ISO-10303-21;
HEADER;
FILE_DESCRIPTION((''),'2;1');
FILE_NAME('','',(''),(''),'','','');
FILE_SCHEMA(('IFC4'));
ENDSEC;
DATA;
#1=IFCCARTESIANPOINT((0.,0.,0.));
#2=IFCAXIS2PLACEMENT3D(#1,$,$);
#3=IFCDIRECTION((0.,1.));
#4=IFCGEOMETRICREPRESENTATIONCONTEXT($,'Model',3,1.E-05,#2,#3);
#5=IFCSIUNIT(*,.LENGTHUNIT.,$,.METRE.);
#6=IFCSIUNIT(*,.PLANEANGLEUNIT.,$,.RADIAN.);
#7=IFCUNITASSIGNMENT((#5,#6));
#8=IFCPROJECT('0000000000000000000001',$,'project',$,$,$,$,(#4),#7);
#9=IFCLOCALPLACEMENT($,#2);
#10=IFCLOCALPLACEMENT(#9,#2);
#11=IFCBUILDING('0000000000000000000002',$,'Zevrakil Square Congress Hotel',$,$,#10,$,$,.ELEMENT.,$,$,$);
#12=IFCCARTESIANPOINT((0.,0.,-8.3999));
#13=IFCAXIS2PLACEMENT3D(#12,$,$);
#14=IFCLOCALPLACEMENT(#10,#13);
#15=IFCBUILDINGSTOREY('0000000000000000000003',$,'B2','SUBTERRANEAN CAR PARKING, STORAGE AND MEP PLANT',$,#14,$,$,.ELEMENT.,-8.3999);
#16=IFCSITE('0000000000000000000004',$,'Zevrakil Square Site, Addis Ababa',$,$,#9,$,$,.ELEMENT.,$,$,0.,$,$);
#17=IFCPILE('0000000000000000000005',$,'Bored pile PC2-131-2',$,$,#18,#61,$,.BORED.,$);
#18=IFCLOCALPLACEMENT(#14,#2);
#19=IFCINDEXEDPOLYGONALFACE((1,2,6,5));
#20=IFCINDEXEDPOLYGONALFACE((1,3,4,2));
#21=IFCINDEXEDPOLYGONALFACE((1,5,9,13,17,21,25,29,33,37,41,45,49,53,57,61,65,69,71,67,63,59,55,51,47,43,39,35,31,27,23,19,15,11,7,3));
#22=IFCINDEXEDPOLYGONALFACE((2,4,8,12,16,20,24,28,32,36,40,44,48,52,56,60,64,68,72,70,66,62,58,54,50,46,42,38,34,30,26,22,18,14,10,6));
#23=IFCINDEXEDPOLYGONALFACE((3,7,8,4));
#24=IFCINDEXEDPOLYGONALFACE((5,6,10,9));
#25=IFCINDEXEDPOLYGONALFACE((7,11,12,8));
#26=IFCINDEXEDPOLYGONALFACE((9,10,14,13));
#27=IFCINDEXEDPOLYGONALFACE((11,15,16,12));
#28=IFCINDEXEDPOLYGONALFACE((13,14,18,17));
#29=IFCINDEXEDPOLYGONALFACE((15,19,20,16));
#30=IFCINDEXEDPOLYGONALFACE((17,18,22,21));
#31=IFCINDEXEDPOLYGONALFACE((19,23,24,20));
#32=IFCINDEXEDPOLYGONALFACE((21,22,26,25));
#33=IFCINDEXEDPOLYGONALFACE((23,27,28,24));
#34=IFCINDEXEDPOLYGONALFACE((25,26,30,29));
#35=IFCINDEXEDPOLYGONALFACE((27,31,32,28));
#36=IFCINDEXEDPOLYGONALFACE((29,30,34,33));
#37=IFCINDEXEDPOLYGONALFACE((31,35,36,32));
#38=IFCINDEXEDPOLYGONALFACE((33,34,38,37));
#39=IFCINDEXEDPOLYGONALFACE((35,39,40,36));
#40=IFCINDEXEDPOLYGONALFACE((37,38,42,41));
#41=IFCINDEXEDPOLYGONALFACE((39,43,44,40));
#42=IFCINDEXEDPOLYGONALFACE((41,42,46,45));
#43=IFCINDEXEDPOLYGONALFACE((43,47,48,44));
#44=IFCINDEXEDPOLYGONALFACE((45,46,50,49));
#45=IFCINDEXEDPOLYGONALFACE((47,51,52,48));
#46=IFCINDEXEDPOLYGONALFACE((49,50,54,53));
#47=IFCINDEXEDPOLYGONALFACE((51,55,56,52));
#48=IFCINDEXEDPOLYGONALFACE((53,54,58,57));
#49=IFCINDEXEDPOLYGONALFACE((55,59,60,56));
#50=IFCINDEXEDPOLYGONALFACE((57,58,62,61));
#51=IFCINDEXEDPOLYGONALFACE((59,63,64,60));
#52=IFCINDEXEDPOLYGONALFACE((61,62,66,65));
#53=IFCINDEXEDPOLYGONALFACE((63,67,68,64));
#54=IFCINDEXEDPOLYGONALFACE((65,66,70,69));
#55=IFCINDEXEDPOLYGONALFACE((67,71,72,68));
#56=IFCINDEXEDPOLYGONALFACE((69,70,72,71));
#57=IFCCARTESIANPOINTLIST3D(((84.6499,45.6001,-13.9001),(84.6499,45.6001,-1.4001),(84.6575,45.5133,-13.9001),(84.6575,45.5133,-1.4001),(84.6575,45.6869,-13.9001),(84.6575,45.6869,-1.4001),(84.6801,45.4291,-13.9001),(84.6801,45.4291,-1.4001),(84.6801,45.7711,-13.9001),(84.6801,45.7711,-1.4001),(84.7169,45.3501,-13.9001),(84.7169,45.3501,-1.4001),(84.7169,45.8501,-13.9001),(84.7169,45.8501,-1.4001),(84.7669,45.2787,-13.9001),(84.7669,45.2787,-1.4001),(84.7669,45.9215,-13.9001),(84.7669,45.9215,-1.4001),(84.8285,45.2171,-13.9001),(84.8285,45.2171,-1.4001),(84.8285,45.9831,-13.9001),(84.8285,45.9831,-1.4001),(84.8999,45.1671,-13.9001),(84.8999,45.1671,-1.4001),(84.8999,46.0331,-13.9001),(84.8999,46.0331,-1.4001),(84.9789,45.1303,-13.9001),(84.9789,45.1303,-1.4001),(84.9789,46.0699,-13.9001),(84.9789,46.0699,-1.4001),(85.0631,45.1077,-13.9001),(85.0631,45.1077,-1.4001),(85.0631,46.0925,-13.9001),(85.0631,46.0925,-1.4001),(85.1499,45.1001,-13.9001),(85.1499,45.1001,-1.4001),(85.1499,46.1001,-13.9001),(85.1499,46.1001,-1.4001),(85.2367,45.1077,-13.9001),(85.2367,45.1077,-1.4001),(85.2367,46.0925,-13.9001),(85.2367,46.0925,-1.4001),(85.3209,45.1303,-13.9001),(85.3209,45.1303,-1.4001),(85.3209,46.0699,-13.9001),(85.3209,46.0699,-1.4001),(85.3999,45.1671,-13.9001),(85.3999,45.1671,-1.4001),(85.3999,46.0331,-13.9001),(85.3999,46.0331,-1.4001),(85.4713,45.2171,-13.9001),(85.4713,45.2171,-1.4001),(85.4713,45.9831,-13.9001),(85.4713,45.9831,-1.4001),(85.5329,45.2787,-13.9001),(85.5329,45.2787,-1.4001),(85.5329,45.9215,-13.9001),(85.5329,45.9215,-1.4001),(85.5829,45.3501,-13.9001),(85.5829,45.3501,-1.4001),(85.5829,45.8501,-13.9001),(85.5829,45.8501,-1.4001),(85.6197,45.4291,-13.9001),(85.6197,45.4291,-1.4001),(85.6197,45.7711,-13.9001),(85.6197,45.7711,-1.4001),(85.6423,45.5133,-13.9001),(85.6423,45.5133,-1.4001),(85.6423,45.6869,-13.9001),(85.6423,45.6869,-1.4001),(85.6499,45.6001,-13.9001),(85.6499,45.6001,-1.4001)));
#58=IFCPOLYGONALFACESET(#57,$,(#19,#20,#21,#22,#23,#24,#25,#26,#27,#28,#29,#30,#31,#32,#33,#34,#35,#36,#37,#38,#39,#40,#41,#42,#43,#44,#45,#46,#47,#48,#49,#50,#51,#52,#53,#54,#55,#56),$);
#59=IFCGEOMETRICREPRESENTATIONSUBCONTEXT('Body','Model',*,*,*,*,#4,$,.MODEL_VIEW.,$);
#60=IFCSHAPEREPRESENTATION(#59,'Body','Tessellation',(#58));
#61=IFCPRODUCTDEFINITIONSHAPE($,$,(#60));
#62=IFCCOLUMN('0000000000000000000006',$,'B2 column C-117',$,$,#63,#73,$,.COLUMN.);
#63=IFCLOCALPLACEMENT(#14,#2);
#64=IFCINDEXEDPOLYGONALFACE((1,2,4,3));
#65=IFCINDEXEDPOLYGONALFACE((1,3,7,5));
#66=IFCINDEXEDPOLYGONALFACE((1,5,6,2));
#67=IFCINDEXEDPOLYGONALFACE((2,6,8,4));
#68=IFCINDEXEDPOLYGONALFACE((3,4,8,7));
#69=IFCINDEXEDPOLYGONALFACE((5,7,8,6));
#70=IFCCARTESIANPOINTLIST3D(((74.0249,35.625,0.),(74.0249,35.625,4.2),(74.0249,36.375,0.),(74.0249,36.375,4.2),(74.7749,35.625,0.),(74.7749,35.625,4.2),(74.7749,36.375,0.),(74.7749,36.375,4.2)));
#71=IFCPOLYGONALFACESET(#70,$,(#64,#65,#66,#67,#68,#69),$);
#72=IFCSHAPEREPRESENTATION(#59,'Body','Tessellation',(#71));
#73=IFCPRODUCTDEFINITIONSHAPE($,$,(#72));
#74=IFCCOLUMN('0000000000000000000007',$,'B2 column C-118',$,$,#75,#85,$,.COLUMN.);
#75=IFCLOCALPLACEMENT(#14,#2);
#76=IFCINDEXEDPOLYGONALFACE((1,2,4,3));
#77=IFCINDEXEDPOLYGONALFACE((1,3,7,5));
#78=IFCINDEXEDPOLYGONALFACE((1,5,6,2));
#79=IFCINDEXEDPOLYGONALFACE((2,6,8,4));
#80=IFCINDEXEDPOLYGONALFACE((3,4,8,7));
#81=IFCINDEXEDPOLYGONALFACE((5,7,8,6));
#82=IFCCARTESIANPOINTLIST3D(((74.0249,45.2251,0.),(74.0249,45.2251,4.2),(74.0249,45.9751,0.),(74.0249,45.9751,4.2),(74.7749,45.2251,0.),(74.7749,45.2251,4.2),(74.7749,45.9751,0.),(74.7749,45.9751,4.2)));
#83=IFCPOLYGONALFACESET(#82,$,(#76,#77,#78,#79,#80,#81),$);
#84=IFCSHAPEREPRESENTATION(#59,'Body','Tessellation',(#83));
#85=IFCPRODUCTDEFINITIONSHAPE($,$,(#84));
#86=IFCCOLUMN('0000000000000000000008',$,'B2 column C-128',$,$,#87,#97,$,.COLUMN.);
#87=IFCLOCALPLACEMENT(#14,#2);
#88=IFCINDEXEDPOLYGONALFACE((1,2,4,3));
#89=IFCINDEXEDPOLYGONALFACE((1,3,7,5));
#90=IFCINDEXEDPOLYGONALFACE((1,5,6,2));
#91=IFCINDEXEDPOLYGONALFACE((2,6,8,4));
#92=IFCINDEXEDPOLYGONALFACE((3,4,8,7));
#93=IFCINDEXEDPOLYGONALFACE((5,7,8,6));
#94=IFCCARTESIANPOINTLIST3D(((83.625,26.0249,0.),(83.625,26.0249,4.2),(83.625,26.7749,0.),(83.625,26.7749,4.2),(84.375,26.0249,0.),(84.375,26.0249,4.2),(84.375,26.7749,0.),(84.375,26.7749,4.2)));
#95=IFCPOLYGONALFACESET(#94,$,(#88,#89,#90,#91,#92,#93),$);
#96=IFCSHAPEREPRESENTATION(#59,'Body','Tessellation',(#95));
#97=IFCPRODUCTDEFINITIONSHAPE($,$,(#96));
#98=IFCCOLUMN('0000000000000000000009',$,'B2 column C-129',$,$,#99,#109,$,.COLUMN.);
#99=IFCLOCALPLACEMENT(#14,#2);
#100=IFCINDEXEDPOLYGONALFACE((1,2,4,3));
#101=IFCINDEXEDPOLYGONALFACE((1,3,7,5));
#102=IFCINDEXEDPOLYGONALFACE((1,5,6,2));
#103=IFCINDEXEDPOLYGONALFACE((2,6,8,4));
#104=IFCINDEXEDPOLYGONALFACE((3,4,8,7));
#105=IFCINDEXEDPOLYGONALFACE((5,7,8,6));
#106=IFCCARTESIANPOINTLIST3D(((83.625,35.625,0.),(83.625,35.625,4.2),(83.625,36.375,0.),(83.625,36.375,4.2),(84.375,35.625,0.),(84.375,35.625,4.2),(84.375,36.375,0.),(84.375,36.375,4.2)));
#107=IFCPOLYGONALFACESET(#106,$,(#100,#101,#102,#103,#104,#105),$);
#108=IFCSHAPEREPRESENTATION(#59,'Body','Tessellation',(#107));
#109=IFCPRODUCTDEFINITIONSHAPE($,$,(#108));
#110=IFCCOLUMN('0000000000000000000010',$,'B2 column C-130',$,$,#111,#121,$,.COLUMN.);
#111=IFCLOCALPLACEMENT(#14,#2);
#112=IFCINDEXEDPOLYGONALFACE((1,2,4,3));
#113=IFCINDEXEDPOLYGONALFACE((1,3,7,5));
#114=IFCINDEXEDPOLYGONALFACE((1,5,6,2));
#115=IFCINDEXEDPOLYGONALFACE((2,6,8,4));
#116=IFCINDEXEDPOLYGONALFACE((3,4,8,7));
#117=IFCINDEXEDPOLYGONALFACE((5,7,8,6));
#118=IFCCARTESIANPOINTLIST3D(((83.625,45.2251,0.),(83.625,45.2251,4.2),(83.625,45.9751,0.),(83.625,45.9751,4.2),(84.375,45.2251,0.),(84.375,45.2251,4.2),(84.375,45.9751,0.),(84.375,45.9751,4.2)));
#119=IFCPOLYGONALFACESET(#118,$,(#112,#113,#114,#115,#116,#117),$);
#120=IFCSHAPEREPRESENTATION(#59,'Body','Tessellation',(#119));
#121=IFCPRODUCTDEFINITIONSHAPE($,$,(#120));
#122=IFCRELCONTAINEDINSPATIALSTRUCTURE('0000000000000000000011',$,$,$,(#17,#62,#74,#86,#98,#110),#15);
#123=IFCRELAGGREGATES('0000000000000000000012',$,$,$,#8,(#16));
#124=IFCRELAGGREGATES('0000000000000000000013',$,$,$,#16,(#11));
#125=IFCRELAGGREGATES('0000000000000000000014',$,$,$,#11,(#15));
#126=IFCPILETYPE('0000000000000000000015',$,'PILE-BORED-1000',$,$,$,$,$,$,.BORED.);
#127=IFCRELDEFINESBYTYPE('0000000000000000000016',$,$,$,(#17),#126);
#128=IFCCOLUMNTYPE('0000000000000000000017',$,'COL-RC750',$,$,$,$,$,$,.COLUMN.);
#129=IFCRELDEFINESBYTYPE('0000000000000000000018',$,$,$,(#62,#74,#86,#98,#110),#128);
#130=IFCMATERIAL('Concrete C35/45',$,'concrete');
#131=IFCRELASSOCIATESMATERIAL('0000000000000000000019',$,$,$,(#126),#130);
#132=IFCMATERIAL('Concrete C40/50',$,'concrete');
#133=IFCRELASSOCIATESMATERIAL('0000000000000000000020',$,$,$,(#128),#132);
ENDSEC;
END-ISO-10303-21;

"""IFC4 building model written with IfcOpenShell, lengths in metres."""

from ifc_helpers import new_model, si_unit, direction, frame, origin, origin_2d, place, context, subcontext, project, spatial, rectangle, circle, extrude, material, material_profile, profile_set, type_object, element, save


model = new_model("IFC4")

# Units and contexts
model_context = context("Model", 3, precision=1e-05, world=origin(), true_north=direction((0.0, 1.0)))
body_context = subcontext(model_context, "Body", "Model", "MODEL_VIEW")
ifc_project = project(units=[si_unit("LENGTHUNIT", "METRE"), si_unit("PLANEANGLEUNIT", "RADIAN")], contexts=[model_context])

# Site, building, storey
site_placement = place(None, origin())
site = spatial("IfcSite", under=ifc_project, at=site_placement, Name="Zevrakil Square Site, Addis Ababa", CompositionType="ELEMENT", RefElevation=0.0)
building_placement = place(site_placement, origin())
building = spatial("IfcBuilding", under=site, at=building_placement, Name="Zevrakil Square Congress Hotel", CompositionType="ELEMENT")
storey_placement = place(building_placement, frame((0.0, 0.0, -8.3999)))
storey = spatial("IfcBuildingStorey", under=building, at=storey_placement, Name="B2", Description="SUBTERRANEAN CAR PARKING, STORAGE AND MEP PLANT", CompositionType="ELEMENT", Elevation=-8.3999)

# Pile
ifc_material_1 = material(Name="Concrete C35/45", Category="concrete")
ifc_material_profile_1 = material_profile(ifc_material_1, circle(Radius=0.5, at=origin_2d()), Name="PILE D1000")
ifc_profile_set_1 = profile_set([ifc_material_profile_1], Name="Concrete C35/45")
pile_type = type_object("IfcPileType", Name="PILE-BORED-1000", PredefinedType="BORED", material=ifc_profile_set_1)
for number, where, z_axis, x_axis, name in (
    (1, (85.1499, 45.6001, -1.4001), (0.0, 0.0, -1.0), (1.0, 0.0, 0.0), "Bored pile PC2-131-2"),
):
    element("IfcPile", number, at=place(storey_placement, frame(where, z_axis=z_axis, x_axis=x_axis)), inside=storey, type_object=pile_type, Name=name, PredefinedType="BORED", context=body_context, shape_type="SweptSolid", body=[
        extrude(circle(Radius=0.5, at=origin_2d()), origin(), (0.0, 0.0, 1.0), 12.5),
    ])

# Columns
ifc_material_2 = material(Name="Concrete C40/50", Category="concrete")
ifc_material_profile_2 = material_profile(ifc_material_2, rectangle(XDim=0.75, YDim=0.75, at=origin_2d()), Name="RC 750x750")
ifc_profile_set_2 = profile_set([ifc_material_profile_2], Name="Concrete C40/50")
column_type = type_object("IfcColumnType", Name="COL-RC750", PredefinedType="COLUMN", material=ifc_profile_set_2)
for number, where, z_axis, x_axis, name in (
    (2, (74.3999, 36.0, 0.0), (0.0, 0.0, 1.0), (1.0, 0.0, 0.0), "B2 column C-117"),
    (3, (74.3999, 45.6001, 0.0), (0.0, 0.0, 1.0), (1.0, 0.0, 0.0), "B2 column C-118"),
    (4, (84.0, 26.3999, 0.0), (0.0, 0.0, 1.0), (1.0, 0.0, 0.0), "B2 column C-128"),
    (5, (84.0, 36.0, 0.0), (0.0, 0.0, 1.0), (1.0, 0.0, 0.0), "B2 column C-129"),
    (6, (84.0, 45.6001, 0.0), (0.0, 0.0, 1.0), (1.0, 0.0, 0.0), "B2 column C-130"),
):
    element("IfcColumn", number, at=place(storey_placement, frame(where, z_axis=z_axis, x_axis=x_axis)), inside=storey, type_object=column_type, Name=name, PredefinedType="COLUMN", context=body_context, shape_type="SweptSolid", body=[
        extrude(rectangle(XDim=0.75, YDim=0.75, at=origin_2d()), origin(), (0.0, 0.0, 1.0), 4.2),
    ])

save(model, "model.ifc")
